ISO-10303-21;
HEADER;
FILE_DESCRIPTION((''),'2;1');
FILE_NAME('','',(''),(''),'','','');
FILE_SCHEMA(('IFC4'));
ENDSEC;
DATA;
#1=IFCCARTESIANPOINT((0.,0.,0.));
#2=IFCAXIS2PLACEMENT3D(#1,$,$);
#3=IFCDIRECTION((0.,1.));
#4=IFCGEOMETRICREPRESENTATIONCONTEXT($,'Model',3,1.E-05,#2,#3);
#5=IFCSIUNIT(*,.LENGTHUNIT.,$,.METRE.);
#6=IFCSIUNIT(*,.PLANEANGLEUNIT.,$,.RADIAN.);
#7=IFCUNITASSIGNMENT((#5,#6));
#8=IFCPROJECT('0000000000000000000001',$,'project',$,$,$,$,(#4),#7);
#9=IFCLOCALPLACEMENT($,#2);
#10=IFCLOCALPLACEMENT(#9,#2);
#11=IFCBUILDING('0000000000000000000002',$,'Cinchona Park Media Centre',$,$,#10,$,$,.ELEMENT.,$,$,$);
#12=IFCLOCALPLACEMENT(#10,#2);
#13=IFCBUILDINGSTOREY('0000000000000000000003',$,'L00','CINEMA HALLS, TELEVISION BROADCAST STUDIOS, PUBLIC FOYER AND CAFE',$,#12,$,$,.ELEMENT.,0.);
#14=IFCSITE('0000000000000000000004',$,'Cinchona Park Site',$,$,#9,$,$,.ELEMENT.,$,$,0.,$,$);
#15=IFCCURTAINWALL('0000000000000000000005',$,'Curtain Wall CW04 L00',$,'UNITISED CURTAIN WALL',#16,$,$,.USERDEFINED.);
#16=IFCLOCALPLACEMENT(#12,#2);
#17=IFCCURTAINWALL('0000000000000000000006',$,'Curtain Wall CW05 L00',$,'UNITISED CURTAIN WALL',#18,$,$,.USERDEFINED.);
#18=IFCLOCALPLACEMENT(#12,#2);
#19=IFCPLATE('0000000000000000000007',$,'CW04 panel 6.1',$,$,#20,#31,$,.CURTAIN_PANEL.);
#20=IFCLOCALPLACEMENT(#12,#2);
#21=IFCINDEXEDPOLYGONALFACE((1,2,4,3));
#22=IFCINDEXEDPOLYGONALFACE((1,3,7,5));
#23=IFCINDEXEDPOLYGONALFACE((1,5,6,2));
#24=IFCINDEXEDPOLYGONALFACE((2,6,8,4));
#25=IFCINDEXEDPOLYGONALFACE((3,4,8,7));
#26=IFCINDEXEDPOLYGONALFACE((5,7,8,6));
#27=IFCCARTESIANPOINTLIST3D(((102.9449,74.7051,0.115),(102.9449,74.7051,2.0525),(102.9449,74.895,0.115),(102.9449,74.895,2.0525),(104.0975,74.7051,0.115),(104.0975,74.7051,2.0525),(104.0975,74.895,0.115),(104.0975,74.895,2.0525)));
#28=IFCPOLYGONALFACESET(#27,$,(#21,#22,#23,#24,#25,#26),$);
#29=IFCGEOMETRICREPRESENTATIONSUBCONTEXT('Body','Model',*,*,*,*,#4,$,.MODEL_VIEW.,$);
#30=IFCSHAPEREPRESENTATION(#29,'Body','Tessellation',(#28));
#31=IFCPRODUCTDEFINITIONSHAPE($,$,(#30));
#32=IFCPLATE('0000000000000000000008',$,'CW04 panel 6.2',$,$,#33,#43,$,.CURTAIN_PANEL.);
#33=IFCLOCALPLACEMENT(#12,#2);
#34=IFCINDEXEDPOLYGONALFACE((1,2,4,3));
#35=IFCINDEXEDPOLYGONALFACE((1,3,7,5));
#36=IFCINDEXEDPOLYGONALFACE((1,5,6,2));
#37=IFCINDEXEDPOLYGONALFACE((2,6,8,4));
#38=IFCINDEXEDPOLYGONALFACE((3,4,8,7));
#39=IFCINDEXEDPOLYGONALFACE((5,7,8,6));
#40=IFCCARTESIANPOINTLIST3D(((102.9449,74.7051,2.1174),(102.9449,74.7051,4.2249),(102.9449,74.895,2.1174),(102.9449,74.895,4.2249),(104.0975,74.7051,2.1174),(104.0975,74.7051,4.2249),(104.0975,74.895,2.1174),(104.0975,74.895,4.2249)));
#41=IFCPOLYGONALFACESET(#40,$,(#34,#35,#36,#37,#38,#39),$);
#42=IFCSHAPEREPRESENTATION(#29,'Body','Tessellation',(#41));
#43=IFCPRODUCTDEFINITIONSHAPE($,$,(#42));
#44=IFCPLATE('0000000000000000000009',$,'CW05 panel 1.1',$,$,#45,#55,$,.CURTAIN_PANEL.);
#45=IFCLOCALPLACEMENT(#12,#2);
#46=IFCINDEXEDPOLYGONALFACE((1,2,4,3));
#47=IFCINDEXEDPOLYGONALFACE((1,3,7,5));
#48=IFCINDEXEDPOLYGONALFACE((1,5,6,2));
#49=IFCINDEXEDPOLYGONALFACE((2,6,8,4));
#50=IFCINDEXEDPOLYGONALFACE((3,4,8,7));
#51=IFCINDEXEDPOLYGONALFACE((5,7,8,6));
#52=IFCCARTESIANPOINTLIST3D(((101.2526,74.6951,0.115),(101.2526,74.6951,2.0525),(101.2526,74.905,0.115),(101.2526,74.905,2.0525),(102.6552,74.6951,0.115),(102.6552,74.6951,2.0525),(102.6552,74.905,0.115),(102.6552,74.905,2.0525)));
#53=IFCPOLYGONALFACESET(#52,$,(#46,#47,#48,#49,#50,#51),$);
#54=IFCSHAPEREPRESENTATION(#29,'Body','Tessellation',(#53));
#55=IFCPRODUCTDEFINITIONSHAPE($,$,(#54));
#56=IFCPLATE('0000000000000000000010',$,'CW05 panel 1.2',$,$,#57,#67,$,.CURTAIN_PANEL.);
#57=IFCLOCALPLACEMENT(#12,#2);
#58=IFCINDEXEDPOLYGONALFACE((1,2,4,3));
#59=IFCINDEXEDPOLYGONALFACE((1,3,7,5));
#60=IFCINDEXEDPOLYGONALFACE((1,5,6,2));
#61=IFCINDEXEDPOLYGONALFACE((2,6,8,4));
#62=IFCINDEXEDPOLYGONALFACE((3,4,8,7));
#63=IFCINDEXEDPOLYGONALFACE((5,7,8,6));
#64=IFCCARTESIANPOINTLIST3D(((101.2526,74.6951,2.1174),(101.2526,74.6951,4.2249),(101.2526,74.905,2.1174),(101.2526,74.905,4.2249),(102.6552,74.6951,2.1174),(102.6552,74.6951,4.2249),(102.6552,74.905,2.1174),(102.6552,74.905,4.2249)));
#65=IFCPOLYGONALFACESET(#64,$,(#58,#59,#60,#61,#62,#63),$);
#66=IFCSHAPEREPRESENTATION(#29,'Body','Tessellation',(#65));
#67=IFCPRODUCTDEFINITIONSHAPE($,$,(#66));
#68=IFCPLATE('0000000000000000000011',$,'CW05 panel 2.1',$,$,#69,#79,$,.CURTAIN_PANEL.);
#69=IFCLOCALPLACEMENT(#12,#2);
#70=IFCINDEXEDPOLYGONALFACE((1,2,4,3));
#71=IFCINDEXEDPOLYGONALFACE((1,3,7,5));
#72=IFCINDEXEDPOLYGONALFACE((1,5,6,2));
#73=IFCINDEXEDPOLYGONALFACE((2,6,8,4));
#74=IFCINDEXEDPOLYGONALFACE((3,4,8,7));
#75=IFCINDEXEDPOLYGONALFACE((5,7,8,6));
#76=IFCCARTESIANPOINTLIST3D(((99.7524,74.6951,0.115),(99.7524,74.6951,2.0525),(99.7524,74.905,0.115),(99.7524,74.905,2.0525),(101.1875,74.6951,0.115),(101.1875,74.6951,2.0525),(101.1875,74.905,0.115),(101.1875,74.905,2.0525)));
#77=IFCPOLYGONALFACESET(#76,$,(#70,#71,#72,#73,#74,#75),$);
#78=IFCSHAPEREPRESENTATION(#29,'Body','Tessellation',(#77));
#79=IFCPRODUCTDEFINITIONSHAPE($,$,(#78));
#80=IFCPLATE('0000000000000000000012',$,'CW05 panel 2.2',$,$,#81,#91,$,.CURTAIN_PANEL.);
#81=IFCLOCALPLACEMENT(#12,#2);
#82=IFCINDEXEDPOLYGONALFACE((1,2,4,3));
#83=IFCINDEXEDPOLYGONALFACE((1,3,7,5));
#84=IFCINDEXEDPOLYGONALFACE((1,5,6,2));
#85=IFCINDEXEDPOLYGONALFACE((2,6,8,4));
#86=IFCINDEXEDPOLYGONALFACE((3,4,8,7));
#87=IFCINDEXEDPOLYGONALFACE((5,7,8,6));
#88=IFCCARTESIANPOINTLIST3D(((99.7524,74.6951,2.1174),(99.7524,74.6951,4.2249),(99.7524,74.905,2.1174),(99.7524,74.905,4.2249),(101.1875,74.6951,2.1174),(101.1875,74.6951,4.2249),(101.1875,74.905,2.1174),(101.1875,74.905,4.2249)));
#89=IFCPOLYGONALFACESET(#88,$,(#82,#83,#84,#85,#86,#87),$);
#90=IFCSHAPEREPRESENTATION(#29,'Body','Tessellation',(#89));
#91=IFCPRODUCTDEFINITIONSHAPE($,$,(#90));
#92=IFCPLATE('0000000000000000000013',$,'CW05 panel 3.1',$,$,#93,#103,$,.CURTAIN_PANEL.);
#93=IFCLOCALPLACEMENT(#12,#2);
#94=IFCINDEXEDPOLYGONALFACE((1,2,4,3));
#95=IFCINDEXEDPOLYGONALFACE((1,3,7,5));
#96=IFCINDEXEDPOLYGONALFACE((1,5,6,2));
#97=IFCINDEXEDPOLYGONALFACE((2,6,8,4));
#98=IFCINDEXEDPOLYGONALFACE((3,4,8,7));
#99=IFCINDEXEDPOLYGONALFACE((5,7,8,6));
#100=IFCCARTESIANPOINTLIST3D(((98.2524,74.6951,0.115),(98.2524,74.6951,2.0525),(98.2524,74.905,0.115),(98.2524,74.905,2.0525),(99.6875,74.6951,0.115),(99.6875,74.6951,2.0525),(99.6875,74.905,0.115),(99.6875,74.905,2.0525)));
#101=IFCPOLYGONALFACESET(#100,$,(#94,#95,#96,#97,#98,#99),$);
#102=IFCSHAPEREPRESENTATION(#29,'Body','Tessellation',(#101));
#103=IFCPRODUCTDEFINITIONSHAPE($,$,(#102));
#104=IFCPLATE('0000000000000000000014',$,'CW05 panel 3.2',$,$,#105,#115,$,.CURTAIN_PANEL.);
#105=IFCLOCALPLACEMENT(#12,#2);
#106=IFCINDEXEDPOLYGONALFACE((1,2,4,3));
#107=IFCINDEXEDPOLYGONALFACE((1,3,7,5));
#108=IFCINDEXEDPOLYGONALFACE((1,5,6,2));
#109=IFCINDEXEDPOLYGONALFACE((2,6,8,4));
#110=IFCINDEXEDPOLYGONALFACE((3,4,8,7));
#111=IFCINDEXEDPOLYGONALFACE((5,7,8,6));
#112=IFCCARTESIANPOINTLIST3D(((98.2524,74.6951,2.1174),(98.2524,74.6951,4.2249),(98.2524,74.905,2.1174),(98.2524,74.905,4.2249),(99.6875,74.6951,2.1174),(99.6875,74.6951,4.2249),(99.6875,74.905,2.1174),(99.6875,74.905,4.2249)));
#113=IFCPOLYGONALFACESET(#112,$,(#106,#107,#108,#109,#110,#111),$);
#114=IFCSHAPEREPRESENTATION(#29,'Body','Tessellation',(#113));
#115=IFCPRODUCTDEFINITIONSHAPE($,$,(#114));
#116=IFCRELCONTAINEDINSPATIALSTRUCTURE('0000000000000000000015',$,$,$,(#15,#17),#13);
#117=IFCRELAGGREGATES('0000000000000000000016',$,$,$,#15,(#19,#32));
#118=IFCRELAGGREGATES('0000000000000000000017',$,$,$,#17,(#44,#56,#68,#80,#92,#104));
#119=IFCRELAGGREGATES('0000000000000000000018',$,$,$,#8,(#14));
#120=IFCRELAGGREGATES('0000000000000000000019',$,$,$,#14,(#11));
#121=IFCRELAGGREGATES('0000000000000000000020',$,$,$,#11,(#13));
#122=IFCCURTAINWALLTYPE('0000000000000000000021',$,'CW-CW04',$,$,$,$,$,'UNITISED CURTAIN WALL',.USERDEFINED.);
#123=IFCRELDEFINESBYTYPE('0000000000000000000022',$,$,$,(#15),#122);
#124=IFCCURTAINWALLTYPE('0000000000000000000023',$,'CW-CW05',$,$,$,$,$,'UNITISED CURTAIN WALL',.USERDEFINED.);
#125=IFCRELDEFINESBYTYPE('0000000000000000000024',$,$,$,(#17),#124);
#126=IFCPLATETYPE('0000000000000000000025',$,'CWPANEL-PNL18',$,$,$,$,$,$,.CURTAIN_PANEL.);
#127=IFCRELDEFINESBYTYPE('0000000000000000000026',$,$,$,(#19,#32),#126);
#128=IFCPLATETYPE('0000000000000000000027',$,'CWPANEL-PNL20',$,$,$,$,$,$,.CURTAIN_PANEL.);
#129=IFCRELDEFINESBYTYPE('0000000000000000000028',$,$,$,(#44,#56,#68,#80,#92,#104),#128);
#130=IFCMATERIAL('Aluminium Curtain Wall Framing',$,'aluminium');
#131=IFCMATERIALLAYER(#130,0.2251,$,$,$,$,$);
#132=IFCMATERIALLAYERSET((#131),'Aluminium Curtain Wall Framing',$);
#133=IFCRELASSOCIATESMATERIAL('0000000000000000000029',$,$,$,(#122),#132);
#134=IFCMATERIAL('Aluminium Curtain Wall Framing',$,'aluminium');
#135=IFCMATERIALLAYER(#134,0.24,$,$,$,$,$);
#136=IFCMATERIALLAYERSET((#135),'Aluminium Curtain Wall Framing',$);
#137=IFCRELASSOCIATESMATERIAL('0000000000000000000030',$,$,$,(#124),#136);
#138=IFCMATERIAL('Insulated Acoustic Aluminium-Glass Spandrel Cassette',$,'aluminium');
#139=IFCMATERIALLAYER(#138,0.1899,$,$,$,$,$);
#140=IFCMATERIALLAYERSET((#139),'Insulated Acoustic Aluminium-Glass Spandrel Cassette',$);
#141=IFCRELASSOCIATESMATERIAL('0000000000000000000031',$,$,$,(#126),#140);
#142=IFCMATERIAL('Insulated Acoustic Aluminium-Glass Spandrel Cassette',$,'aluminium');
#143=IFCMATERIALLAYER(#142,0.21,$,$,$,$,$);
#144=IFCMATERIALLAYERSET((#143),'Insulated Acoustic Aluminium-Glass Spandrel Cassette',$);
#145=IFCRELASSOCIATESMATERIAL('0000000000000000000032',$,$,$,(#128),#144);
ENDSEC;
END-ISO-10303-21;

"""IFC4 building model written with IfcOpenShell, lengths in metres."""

from ifc_helpers import new_model, si_unit, direction, frame, origin, origin_2d, place, context, subcontext, project, spatial, rectangle, extrude, material, layer, layer_set, type_object, element, aggregate, save


model = new_model("IFC4")

# Units and contexts
model_context = context("Model", 3, precision=1e-05, world=origin(), true_north=direction((0.0, 1.0)))
body_context = subcontext(model_context, "Body", "Model", "MODEL_VIEW")
ifc_project = project(units=[si_unit("LENGTHUNIT", "METRE"), si_unit("PLANEANGLEUNIT", "RADIAN")], contexts=[model_context])

# Site, building, storey
site_placement = place(None, origin())
site = spatial("IfcSite", under=ifc_project, at=site_placement, Name="Cinchona Park Site", CompositionType="ELEMENT", RefElevation=0.0)
building_placement = place(site_placement, origin())
building = spatial("IfcBuilding", under=site, at=building_placement, Name="Cinchona Park Media Centre", CompositionType="ELEMENT")
storey_placement = place(building_placement, origin())
storey = spatial("IfcBuildingStorey", under=building, at=storey_placement, Name="L00", Description="CINEMA HALLS, TELEVISION BROADCAST STUDIOS, PUBLIC FOYER AND CAFE", CompositionType="ELEMENT", Elevation=0.0)

# Curtain wall
ifc_material_1 = material(Name="Aluminium Curtain Wall Framing", Category="aluminium")
ifc_layer_1 = layer(ifc_material_1, 0.2251)
ifc_layer_set_1 = layer_set([ifc_layer_1], Name="Aluminium Curtain Wall Framing")
curtain_wall_type_1 = type_object("IfcCurtainWallType", Name="CW-CW04", ElementType="UNITISED CURTAIN WALL", PredefinedType="USERDEFINED", material=ifc_layer_set_1)
curtain_wall_1_placement = place(storey_placement, origin())
curtain_wall_1 = element("IfcCurtainWall", 1, at=curtain_wall_1_placement, inside=storey, type_object=curtain_wall_type_1, Name="Curtain Wall CW04 L00", ObjectType="UNITISED CURTAIN WALL", PredefinedType="USERDEFINED")

# Curtain wall
ifc_material_2 = material(Name="Aluminium Curtain Wall Framing", Category="aluminium")
ifc_layer_2 = layer(ifc_material_2, 0.24)
ifc_layer_set_2 = layer_set([ifc_layer_2], Name="Aluminium Curtain Wall Framing")
curtain_wall_type_2 = type_object("IfcCurtainWallType", Name="CW-CW05", ElementType="UNITISED CURTAIN WALL", PredefinedType="USERDEFINED", material=ifc_layer_set_2)
curtain_wall_2_placement = place(storey_placement, origin())
curtain_wall_2 = element("IfcCurtainWall", 2, at=curtain_wall_2_placement, inside=storey, type_object=curtain_wall_type_2, Name="Curtain Wall CW05 L00", ObjectType="UNITISED CURTAIN WALL", PredefinedType="USERDEFINED")

# Plates
ifc_material_3 = material(Name="Insulated Acoustic Aluminium-Glass Spandrel Cassette", Category="aluminium")
ifc_layer_3 = layer(ifc_material_3, 0.1899)
ifc_layer_set_3 = layer_set([ifc_layer_3], Name="Insulated Acoustic Aluminium-Glass Spandrel Cassette")
plate_type_1 = type_object("IfcPlateType", Name="CWPANEL-PNL18", PredefinedType="CURTAIN_PANEL", material=ifc_layer_set_3)
plate_1_placement = place(storey_placement, frame((103.5212, 74.8, 0.115), z_axis=(0.0, 0.0, 1.0), x_axis=(-1.0, 0.0, 0.0)))
plate_1 = element("IfcPlate", 3, at=plate_1_placement, type_object=plate_type_1, Name="CW04 panel 6.1", PredefinedType="CURTAIN_PANEL", context=body_context, shape_type="SweptSolid", body=[
    extrude(rectangle(XDim=1.1526, YDim=0.1899, at=origin_2d()), origin(), (0.0, 0.0, 1.0), 1.9375),
])
plate_2_placement = place(storey_placement, frame((103.5212, 74.8, 2.1174), z_axis=(0.0, 0.0, 1.0), x_axis=(-1.0, 0.0, 0.0)))
plate_2 = element("IfcPlate", 4, at=plate_2_placement, type_object=plate_type_1, Name="CW04 panel 6.2", PredefinedType="CURTAIN_PANEL", context=body_context, shape_type="SweptSolid", body=[
    extrude(rectangle(XDim=1.1526, YDim=0.1899, at=origin_2d()), origin(), (0.0, 0.0, 1.0), 2.1074),
])
aggregate(curtain_wall_1, [plate_1, plate_2])
ifc_material_4 = material(Name="Insulated Acoustic Aluminium-Glass Spandrel Cassette", Category="aluminium")
ifc_layer_4 = layer(ifc_material_4, 0.21)
ifc_layer_set_4 = layer_set([ifc_layer_4], Name="Insulated Acoustic Aluminium-Glass Spandrel Cassette")
plate_type_2 = type_object("IfcPlateType", Name="CWPANEL-PNL20", PredefinedType="CURTAIN_PANEL", material=ifc_layer_set_4)
plate_3_placement = place(storey_placement, frame((101.9539, 74.8, 0.115), z_axis=(0.0, 0.0, 1.0), x_axis=(-1.0, 0.0, 0.0)))
plate_3 = element("IfcPlate", 5, at=plate_3_placement, type_object=plate_type_2, Name="CW05 panel 1.1", PredefinedType="CURTAIN_PANEL", context=body_context, shape_type="SweptSolid", body=[
    extrude(rectangle(XDim=1.4026, YDim=0.21, at=origin_2d()), origin(), (0.0, 0.0, 1.0), 1.9375),
])
plate_4_placement = place(storey_placement, frame((101.9539, 74.8, 2.1174), z_axis=(0.0, 0.0, 1.0), x_axis=(-1.0, 0.0, 0.0)))
plate_4 = element("IfcPlate", 6, at=plate_4_placement, type_object=plate_type_2, Name="CW05 panel 1.2", PredefinedType="CURTAIN_PANEL", context=body_context, shape_type="SweptSolid", body=[
    extrude(rectangle(XDim=1.4026, YDim=0.21, at=origin_2d()), origin(), (0.0, 0.0, 1.0), 2.1074),
])
plate_5_placement = place(storey_placement, frame((100.47, 74.8, 0.115), z_axis=(0.0, 0.0, 1.0), x_axis=(-1.0, 0.0, 0.0)))
plate_5 = element("IfcPlate", 7, at=plate_5_placement, type_object=plate_type_2, Name="CW05 panel 2.1", PredefinedType="CURTAIN_PANEL", context=body_context, shape_type="SweptSolid", body=[
    extrude(rectangle(XDim=1.4351, YDim=0.21, at=origin_2d()), origin(), (0.0, 0.0, 1.0), 1.9375),
])
plate_6_placement = place(storey_placement, frame((100.47, 74.8, 2.1174), z_axis=(0.0, 0.0, 1.0), x_axis=(-1.0, 0.0, 0.0)))
plate_6 = element("IfcPlate", 8, at=plate_6_placement, type_object=plate_type_2, Name="CW05 panel 2.2", PredefinedType="CURTAIN_PANEL", context=body_context, shape_type="SweptSolid", body=[
    extrude(rectangle(XDim=1.4351, YDim=0.21, at=origin_2d()), origin(), (0.0, 0.0, 1.0), 2.1074),
])
plate_7_placement = place(storey_placement, frame((98.97, 74.8, 0.115), z_axis=(0.0, 0.0, 1.0), x_axis=(-1.0, 0.0, 0.0)))
plate_7 = element("IfcPlate", 9, at=plate_7_placement, type_object=plate_type_2, Name="CW05 panel 3.1", PredefinedType="CURTAIN_PANEL", context=body_context, shape_type="SweptSolid", body=[
    extrude(rectangle(XDim=1.4351, YDim=0.21, at=origin_2d()), origin(), (0.0, 0.0, 1.0), 1.9375),
])
plate_8_placement = place(storey_placement, frame((98.97, 74.8, 2.1174), z_axis=(0.0, 0.0, 1.0), x_axis=(-1.0, 0.0, 0.0)))
plate_8 = element("IfcPlate", 10, at=plate_8_placement, type_object=plate_type_2, Name="CW05 panel 3.2", PredefinedType="CURTAIN_PANEL", context=body_context, shape_type="SweptSolid", body=[
    extrude(rectangle(XDim=1.4351, YDim=0.21, at=origin_2d()), origin(), (0.0, 0.0, 1.0), 2.1074),
])
aggregate(curtain_wall_2, [plate_3, plate_4, plate_5, plate_6, plate_7, plate_8])

save(model, "model.ifc")
